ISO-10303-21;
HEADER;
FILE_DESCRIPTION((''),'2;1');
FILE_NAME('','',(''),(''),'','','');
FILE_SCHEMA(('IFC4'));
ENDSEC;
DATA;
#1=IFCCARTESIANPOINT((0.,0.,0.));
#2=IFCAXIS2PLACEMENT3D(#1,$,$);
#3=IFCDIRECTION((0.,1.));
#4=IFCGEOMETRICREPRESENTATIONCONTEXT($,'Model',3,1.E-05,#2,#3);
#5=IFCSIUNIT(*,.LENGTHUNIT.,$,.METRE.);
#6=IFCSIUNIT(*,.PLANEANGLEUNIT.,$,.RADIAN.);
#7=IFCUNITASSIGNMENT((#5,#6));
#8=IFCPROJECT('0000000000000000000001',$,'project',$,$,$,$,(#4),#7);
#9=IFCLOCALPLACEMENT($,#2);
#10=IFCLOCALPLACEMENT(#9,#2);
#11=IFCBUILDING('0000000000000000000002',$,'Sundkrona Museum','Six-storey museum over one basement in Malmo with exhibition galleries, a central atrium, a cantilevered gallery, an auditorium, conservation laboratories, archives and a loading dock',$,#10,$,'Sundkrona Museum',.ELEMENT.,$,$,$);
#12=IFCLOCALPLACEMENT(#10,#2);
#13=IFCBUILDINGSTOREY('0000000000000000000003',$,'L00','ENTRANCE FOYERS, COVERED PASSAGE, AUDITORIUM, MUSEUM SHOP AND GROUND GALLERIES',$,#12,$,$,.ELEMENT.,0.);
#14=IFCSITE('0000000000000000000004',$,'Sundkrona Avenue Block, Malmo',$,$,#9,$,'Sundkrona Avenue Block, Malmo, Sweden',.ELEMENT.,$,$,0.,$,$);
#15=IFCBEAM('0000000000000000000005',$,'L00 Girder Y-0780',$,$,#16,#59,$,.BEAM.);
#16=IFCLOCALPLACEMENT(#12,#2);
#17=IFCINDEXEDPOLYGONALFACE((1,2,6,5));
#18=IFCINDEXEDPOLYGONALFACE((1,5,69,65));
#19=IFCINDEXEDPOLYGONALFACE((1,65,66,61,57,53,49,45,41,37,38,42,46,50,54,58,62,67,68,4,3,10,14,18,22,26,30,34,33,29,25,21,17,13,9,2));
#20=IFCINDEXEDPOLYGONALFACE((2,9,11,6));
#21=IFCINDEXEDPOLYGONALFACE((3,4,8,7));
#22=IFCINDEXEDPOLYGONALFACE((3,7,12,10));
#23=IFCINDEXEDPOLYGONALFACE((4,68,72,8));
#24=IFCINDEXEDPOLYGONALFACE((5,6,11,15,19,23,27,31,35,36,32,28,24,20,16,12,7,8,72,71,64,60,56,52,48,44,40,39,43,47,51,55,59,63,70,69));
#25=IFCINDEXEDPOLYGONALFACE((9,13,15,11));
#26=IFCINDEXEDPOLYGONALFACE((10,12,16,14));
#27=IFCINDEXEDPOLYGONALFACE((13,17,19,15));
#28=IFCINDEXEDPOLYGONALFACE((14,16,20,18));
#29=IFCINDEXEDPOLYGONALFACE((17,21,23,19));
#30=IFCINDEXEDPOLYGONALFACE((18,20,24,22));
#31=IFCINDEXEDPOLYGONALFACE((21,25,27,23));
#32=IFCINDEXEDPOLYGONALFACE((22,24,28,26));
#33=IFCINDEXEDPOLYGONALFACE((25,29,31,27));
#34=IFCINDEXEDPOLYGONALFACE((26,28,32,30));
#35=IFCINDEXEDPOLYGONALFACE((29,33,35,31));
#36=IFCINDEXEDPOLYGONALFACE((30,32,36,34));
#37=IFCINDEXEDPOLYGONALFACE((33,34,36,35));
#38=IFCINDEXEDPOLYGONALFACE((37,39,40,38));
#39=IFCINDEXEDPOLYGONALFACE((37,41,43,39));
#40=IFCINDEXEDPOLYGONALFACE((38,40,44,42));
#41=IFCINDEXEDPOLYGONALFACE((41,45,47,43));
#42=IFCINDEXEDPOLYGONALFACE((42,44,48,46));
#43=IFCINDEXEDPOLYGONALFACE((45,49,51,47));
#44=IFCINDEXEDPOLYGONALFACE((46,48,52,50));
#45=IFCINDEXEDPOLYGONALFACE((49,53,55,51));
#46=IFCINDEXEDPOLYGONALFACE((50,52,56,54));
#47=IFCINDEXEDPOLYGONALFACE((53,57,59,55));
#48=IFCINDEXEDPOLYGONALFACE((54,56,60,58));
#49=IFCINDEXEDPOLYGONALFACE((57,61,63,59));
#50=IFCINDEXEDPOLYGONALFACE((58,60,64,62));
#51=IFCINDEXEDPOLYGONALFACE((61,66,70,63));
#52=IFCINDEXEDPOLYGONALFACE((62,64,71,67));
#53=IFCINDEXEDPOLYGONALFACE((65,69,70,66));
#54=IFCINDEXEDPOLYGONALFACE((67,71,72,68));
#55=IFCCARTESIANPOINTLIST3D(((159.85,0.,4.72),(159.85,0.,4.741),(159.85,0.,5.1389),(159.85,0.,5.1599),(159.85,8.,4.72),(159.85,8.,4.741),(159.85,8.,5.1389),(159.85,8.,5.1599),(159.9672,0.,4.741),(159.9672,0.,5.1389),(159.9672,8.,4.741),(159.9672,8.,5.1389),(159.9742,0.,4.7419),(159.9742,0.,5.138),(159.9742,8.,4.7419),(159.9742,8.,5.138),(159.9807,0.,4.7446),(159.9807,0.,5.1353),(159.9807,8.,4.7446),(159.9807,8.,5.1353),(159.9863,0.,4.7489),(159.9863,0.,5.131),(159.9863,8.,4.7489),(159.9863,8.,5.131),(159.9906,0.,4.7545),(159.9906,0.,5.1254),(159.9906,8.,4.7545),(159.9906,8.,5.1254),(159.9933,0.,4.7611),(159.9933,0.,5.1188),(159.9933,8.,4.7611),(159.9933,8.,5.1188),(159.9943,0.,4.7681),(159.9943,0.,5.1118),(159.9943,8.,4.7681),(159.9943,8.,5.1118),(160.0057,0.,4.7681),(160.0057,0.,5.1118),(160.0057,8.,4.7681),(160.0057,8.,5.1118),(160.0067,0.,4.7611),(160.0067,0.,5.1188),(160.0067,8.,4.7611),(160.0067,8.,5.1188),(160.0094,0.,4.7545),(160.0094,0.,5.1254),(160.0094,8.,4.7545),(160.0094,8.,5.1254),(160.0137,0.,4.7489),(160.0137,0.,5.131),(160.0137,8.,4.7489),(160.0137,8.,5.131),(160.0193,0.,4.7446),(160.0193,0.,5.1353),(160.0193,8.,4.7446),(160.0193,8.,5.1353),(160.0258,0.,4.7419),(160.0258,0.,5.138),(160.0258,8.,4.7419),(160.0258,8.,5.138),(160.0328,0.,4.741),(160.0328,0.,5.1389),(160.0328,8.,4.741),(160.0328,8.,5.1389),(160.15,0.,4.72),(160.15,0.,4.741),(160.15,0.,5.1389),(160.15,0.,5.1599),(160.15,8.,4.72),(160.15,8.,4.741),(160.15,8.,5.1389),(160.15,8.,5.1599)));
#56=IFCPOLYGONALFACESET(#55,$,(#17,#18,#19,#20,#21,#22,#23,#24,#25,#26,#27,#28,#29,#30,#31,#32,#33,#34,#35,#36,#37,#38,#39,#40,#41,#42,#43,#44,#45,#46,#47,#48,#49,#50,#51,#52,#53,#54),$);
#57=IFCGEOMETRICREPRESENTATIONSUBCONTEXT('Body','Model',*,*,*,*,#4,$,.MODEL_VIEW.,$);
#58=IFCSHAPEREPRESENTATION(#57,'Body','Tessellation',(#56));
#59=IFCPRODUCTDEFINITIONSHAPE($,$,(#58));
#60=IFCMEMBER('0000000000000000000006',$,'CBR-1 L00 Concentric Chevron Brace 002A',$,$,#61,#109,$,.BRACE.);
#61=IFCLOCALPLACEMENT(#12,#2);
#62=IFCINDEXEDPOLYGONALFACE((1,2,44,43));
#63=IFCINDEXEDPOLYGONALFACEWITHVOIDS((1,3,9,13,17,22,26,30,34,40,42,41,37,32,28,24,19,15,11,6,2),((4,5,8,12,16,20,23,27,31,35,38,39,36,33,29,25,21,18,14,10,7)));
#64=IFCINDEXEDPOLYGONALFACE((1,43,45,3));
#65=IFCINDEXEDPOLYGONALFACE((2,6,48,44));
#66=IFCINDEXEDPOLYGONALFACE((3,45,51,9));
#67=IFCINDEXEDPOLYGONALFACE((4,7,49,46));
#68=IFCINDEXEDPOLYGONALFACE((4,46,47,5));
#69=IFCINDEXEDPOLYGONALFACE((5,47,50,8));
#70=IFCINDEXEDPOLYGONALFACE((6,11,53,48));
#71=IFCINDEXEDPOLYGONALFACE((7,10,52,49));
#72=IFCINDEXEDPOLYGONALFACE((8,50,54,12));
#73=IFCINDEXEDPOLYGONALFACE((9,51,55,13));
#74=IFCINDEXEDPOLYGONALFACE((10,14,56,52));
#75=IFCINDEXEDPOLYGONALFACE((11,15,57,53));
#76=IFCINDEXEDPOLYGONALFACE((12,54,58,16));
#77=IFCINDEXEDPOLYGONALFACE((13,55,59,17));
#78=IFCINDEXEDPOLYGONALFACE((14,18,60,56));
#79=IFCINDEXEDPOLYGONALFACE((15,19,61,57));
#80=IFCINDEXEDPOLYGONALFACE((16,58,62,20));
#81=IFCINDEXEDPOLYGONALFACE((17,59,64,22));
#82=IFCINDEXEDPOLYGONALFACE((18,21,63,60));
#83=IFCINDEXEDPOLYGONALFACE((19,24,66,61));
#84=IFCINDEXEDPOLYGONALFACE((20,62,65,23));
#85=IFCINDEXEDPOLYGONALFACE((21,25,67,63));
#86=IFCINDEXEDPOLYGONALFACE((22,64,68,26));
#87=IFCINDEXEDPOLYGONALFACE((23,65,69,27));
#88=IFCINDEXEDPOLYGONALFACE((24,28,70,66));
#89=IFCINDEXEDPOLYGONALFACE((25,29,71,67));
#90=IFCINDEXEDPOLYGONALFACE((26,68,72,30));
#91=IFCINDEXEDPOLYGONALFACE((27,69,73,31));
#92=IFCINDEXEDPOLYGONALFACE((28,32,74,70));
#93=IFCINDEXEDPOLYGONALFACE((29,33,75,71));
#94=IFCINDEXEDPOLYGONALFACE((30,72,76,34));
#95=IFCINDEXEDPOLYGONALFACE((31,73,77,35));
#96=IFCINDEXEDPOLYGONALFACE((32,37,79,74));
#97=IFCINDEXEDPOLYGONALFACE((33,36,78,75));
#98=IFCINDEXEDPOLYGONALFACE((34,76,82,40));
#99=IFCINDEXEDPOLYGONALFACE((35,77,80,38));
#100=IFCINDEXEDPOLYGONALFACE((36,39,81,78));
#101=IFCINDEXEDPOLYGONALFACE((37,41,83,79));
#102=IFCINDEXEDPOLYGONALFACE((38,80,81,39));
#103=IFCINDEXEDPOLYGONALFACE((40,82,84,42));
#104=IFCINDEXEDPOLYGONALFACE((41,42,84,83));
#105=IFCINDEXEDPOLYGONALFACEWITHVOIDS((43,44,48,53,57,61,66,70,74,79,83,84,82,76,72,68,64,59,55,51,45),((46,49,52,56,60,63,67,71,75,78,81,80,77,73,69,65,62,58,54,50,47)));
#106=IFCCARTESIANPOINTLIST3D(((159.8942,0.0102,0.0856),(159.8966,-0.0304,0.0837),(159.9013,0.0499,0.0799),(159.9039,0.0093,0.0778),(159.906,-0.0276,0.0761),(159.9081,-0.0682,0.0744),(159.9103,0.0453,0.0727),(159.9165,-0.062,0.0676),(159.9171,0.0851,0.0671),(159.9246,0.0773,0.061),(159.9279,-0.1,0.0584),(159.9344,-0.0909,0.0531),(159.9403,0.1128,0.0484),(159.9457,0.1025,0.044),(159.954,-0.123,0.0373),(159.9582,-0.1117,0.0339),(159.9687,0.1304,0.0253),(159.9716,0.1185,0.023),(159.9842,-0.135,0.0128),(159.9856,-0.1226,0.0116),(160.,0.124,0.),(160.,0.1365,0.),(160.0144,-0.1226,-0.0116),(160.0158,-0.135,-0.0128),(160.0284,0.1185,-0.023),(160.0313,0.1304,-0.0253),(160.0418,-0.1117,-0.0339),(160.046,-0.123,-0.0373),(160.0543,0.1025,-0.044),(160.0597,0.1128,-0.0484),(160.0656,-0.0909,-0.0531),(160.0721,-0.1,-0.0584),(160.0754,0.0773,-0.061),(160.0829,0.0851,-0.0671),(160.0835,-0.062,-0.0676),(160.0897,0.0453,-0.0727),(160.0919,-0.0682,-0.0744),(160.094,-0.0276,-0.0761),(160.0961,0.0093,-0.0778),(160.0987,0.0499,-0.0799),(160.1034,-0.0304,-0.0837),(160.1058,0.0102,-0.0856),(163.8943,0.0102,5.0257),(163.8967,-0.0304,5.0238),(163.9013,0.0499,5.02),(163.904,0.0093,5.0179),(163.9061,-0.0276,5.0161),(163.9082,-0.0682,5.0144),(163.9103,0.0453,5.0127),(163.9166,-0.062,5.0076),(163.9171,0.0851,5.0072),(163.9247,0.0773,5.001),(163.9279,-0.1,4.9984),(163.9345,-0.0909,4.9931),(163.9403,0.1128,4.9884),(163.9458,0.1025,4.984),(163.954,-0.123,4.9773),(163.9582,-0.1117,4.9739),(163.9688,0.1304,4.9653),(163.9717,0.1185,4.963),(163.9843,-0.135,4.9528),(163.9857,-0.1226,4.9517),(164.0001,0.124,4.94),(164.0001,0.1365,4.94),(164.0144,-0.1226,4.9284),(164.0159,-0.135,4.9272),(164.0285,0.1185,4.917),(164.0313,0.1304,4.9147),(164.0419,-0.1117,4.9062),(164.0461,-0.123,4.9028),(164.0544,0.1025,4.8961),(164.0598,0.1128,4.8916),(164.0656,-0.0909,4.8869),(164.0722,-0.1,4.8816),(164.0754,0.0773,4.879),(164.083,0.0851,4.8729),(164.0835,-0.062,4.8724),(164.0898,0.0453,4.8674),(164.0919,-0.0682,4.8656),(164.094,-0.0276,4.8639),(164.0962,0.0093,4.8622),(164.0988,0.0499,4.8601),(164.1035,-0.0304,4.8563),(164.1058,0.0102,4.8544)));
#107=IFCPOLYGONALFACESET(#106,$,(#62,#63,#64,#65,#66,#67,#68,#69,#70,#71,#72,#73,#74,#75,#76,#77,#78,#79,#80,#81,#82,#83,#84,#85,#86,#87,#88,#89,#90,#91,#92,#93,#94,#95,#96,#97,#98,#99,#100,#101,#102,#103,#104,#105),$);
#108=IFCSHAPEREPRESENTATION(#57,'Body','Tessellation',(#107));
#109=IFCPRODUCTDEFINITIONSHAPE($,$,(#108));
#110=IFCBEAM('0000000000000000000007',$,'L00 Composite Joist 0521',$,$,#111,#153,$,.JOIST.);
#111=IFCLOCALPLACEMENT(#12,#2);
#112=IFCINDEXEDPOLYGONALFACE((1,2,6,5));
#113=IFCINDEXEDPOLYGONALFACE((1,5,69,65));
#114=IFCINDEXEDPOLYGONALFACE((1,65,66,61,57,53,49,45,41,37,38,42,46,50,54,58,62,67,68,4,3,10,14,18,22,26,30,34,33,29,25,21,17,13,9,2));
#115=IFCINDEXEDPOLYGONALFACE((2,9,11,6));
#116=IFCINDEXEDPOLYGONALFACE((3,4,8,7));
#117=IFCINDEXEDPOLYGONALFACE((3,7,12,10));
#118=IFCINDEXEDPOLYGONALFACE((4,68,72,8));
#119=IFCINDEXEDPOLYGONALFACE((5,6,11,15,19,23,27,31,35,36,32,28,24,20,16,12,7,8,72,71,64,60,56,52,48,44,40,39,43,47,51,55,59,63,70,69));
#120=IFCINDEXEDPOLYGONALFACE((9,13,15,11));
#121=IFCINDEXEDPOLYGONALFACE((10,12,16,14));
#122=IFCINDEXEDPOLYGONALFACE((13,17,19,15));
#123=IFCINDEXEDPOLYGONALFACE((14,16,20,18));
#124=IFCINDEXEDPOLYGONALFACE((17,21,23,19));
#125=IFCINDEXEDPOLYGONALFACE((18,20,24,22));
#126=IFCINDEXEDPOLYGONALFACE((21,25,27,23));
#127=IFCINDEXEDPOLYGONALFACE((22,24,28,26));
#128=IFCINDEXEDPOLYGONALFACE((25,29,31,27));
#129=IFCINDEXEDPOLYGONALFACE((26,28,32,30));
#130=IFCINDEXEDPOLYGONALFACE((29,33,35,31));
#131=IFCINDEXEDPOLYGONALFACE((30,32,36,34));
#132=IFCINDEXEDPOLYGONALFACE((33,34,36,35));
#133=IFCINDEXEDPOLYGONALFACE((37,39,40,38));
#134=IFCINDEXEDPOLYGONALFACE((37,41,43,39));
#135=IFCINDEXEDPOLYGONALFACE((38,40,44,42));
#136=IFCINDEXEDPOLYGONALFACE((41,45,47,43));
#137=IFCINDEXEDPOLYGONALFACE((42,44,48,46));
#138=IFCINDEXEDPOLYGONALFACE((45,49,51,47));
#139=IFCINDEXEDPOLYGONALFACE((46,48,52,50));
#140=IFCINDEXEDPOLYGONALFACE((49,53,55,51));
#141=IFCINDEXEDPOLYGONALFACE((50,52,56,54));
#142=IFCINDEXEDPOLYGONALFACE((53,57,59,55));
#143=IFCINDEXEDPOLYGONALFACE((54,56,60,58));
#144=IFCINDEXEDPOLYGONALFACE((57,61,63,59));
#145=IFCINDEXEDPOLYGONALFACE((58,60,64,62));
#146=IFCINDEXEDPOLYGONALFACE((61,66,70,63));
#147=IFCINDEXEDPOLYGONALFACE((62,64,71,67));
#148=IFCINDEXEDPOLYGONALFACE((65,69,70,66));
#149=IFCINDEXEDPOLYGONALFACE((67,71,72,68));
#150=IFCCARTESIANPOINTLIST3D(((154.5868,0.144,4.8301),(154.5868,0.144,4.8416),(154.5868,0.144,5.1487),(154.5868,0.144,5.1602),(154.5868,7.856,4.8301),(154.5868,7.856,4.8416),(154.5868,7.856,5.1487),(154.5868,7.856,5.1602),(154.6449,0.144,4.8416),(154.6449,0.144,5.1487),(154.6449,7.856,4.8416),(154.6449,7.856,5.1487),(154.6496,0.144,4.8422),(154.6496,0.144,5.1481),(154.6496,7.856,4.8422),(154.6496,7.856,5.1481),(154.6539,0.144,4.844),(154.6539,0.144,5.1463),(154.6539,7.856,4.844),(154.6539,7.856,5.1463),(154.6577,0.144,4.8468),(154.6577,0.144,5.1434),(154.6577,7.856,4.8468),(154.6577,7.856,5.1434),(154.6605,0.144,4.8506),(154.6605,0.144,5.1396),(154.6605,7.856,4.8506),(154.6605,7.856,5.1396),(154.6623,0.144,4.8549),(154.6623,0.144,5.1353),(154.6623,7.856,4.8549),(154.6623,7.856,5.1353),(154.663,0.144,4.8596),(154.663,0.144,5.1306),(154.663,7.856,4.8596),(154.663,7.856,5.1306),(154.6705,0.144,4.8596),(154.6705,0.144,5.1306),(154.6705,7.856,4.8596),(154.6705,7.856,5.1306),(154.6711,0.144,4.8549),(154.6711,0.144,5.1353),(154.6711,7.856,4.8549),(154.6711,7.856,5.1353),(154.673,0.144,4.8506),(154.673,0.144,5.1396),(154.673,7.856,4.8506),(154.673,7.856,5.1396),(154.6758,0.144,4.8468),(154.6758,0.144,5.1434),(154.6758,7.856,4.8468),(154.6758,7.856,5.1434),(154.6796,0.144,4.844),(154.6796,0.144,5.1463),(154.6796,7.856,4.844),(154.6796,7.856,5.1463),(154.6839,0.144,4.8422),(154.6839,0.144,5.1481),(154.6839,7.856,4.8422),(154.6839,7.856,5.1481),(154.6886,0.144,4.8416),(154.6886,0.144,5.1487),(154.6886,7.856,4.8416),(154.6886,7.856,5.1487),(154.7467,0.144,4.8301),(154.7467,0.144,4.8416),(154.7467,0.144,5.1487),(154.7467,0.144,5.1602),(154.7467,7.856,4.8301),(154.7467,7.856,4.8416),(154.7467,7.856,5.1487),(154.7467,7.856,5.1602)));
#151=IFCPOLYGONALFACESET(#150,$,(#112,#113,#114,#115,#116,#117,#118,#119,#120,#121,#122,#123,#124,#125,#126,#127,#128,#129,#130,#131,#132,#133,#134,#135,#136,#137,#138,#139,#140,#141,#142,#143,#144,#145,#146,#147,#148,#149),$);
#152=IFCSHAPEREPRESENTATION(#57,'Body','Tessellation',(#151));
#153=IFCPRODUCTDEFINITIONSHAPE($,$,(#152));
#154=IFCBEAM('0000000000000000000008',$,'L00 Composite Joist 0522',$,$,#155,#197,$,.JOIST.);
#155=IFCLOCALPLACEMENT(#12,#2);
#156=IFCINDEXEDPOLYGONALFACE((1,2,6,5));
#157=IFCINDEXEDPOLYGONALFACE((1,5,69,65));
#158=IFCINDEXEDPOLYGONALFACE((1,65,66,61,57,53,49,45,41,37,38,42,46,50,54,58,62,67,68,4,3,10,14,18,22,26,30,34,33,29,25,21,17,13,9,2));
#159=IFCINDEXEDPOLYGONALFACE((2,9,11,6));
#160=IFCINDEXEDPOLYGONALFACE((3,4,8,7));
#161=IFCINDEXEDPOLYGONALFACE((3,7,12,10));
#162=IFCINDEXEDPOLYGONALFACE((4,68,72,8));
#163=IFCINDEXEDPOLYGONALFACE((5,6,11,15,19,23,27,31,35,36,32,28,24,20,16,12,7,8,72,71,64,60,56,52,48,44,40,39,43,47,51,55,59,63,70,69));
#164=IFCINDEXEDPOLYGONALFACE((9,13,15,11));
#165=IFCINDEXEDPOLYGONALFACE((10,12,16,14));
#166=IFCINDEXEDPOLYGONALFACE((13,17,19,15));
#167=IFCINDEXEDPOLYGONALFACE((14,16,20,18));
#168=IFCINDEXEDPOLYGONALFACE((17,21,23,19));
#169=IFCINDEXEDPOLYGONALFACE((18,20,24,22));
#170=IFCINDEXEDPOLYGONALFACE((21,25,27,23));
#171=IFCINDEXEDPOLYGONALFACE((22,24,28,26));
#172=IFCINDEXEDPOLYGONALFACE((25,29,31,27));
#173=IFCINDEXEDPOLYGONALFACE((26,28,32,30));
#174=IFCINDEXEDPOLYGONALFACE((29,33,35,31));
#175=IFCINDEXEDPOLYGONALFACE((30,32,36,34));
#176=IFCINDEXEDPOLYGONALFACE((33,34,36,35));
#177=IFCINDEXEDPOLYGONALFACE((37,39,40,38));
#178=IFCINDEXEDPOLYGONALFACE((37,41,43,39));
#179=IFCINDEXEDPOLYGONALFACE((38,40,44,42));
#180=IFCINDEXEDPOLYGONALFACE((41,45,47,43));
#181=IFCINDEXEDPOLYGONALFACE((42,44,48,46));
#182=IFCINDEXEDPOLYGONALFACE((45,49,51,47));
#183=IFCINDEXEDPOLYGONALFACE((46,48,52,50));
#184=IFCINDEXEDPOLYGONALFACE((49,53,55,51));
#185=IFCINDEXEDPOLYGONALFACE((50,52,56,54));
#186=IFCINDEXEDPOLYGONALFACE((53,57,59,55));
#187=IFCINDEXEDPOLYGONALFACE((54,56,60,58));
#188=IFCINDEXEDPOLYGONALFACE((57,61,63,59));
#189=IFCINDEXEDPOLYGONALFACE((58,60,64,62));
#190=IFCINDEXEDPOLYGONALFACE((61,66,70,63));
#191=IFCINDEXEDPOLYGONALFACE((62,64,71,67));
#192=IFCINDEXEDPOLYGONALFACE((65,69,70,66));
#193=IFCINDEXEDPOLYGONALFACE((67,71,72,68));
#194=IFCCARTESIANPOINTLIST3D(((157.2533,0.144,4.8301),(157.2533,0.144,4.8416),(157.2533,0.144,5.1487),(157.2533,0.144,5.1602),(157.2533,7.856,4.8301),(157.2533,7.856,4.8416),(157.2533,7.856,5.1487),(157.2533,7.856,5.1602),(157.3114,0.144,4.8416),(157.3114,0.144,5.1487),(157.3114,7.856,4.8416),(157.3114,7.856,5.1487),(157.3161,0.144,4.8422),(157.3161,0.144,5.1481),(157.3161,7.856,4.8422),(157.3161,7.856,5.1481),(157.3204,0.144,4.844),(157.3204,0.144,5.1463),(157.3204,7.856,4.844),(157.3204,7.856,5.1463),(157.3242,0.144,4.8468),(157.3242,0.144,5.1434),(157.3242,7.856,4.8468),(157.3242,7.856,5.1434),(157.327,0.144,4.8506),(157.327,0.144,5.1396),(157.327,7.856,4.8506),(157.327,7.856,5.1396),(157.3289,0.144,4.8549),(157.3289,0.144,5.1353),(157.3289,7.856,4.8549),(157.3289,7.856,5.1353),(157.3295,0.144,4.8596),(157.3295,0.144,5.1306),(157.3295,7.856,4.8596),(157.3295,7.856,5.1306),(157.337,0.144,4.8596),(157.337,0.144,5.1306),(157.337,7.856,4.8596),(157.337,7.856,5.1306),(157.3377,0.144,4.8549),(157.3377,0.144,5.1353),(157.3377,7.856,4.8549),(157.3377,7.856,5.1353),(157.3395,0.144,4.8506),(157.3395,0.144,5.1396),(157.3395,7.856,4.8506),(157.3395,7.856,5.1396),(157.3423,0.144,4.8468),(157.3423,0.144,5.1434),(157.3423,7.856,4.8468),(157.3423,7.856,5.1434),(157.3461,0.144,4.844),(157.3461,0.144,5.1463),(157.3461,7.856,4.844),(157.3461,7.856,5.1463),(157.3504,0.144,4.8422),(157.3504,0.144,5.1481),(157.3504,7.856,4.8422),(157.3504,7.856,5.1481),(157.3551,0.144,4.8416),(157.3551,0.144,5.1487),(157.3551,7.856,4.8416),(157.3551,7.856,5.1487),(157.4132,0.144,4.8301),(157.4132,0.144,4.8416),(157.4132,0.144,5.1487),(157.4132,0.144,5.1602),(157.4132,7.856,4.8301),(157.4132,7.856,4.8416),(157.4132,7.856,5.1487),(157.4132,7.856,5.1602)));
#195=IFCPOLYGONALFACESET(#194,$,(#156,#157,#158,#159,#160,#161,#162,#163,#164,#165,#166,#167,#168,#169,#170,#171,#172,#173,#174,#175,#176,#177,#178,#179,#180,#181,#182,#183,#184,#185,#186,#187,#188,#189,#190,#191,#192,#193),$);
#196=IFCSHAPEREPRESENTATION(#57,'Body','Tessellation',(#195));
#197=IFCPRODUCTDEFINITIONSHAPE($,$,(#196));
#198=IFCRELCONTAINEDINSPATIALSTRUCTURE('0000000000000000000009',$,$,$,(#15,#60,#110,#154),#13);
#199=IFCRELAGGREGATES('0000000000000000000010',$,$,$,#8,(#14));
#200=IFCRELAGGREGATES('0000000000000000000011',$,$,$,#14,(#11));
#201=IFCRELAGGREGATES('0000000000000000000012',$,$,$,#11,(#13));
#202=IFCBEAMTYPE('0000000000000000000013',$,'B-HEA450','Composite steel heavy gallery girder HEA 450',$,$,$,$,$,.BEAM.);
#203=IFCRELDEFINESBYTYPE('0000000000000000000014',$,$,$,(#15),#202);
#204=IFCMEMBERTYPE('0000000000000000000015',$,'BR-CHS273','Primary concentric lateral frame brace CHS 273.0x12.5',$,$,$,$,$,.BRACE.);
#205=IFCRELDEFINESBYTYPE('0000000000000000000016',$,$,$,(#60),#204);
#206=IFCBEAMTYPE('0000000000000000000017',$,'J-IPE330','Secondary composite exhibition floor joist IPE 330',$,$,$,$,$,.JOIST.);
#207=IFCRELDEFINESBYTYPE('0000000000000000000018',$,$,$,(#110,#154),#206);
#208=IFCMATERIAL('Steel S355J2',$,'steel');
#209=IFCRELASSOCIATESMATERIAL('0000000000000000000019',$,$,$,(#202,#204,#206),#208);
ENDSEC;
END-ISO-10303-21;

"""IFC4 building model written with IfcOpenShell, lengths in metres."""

from ifc_helpers import new_model, si_unit, direction, frame, origin, origin_2d, place, context, subcontext, project, spatial, hollow_circle, i_section, extrude, material, material_profile, profile_set, type_object, element, save


model = new_model("IFC4")

# Units and contexts
model_context = context("Model", 3, precision=1e-05, world=origin(), true_north=direction((0.0, 1.0)))
body_context = subcontext(model_context, "Body", "Model", "MODEL_VIEW")
ifc_project = project(units=[si_unit("LENGTHUNIT", "METRE"), si_unit("PLANEANGLEUNIT", "RADIAN")], contexts=[model_context])

# Site, building, storey
site_placement = place(None, origin())
site = spatial("IfcSite", under=ifc_project, at=site_placement, Name="Sundkrona Avenue Block, Malmo", LongName="Sundkrona Avenue Block, Malmo, Sweden", CompositionType="ELEMENT", RefElevation=0.0)
building_placement = place(site_placement, origin())
building = spatial("IfcBuilding", under=site, at=building_placement, Name="Sundkrona Museum", Description="Six-storey museum over one basement in Malmo with exhibition galleries, a central atrium, a cantilevered gallery, an auditorium, conservation laboratories, archives and a loading dock", LongName="Sundkrona Museum", CompositionType="ELEMENT")
storey_placement = place(building_placement, origin())
storey = spatial("IfcBuildingStorey", under=building, at=storey_placement, Name="L00", Description="ENTRANCE FOYERS, COVERED PASSAGE, AUDITORIUM, MUSEUM SHOP AND GROUND GALLERIES", CompositionType="ELEMENT", Elevation=0.0)

# Shared definitions
ifc_material_1 = material(Name="Steel S355J2", Category="steel")

# Beam
ifc_material_profile_1 = material_profile(ifc_material_1, i_section(OverallWidth=0.3, OverallDepth=0.4399, WebThickness=0.0115, FlangeThickness=0.021, FilletRadius=0.0271, at=origin_2d()), Name="HEA 450")
ifc_profile_set_1 = profile_set([ifc_material_profile_1], Name="Steel S355J2")
beam_type_1 = type_object("IfcBeamType", Name="B-HEA450", Description="Composite steel heavy gallery girder HEA 450", PredefinedType="BEAM", material=ifc_profile_set_1)
for number, where, z_axis, x_axis, name in (
    (1, (160.0, 0.0, 4.9399), (0.0, 1.0, 0.0), (-1.0, 0.0, 0.0), "L00 Girder Y-0780"),
):
    element("IfcBeam", number, at=place(storey_placement, frame(where, z_axis=z_axis, x_axis=x_axis)), inside=storey, type_object=beam_type_1, Name=name, PredefinedType="BEAM", context=body_context, shape_type="SweptSolid", body=[
        extrude(i_section(OverallWidth=0.3, OverallDepth=0.4399, WebThickness=0.0115, FlangeThickness=0.021, FilletRadius=0.0271, at=origin_2d()), origin(), (0.0, 0.0, 1.0), 8.0),
    ])

# Member
ifc_material_profile_2 = material_profile(ifc_material_1, hollow_circle(Radius=0.1365, WallThickness=0.0125, at=origin_2d()), Name="CHS 273.0x12.5")
ifc_profile_set_2 = profile_set([ifc_material_profile_2], Name="Steel S355J2")
member_type_1 = type_object("IfcMemberType", Name="BR-CHS273", Description="Primary concentric lateral frame brace CHS 273.0x12.5", PredefinedType="BRACE", material=ifc_profile_set_2)
member_1_placement = place(storey_placement, frame((160.0, 0.0, 0.0), z_axis=(0.629293, 0.0, 0.777168), x_axis=(0.0, 1.0, 0.0)))
element("IfcMember", 2, at=member_1_placement, inside=storey, type_object=member_type_1, Name="CBR-1 L00 Concentric Chevron Brace 002A", PredefinedType="BRACE", context=body_context, shape_type="SweptSolid", body=[
    extrude(hollow_circle(Radius=0.1365, WallThickness=0.0125, at=origin_2d()), origin(), (0.0, 0.0, 1.0), 6.3564),
])

# Beams
ifc_material_profile_3 = material_profile(ifc_material_1, i_section(OverallWidth=0.1599, OverallDepth=0.3301, WebThickness=0.0076, FlangeThickness=0.0115, FilletRadius=0.0181, at=origin_2d()), Name="IPE 330")
ifc_profile_set_3 = profile_set([ifc_material_profile_3], Name="Steel S355J2")
beam_type_2 = type_object("IfcBeamType", Name="J-IPE330", Description="Secondary composite exhibition floor joist IPE 330", PredefinedType="JOIST", material=ifc_profile_set_3)
for number, where, z_axis, x_axis, name in (
    (3, (154.6667, 0.144, 4.9951), (0.0, 1.0, 0.0), (-1.0, 0.0, 0.0), "L00 Composite Joist 0521"),
    (4, (157.3333, 0.144, 4.9951), (0.0, 1.0, 0.0), (-1.0, 0.0, 0.0), "L00 Composite Joist 0522"),
):
    element("IfcBeam", number, at=place(storey_placement, frame(where, z_axis=z_axis, x_axis=x_axis)), inside=storey, type_object=beam_type_2, Name=name, PredefinedType="JOIST", context=body_context, shape_type="SweptSolid", body=[
        extrude(i_section(OverallWidth=0.1599, OverallDepth=0.3301, WebThickness=0.0076, FlangeThickness=0.0115, FilletRadius=0.0181, at=origin_2d()), origin(), (0.0, 0.0, 1.0), 7.7119),
    ])

save(model, "model.ifc")
